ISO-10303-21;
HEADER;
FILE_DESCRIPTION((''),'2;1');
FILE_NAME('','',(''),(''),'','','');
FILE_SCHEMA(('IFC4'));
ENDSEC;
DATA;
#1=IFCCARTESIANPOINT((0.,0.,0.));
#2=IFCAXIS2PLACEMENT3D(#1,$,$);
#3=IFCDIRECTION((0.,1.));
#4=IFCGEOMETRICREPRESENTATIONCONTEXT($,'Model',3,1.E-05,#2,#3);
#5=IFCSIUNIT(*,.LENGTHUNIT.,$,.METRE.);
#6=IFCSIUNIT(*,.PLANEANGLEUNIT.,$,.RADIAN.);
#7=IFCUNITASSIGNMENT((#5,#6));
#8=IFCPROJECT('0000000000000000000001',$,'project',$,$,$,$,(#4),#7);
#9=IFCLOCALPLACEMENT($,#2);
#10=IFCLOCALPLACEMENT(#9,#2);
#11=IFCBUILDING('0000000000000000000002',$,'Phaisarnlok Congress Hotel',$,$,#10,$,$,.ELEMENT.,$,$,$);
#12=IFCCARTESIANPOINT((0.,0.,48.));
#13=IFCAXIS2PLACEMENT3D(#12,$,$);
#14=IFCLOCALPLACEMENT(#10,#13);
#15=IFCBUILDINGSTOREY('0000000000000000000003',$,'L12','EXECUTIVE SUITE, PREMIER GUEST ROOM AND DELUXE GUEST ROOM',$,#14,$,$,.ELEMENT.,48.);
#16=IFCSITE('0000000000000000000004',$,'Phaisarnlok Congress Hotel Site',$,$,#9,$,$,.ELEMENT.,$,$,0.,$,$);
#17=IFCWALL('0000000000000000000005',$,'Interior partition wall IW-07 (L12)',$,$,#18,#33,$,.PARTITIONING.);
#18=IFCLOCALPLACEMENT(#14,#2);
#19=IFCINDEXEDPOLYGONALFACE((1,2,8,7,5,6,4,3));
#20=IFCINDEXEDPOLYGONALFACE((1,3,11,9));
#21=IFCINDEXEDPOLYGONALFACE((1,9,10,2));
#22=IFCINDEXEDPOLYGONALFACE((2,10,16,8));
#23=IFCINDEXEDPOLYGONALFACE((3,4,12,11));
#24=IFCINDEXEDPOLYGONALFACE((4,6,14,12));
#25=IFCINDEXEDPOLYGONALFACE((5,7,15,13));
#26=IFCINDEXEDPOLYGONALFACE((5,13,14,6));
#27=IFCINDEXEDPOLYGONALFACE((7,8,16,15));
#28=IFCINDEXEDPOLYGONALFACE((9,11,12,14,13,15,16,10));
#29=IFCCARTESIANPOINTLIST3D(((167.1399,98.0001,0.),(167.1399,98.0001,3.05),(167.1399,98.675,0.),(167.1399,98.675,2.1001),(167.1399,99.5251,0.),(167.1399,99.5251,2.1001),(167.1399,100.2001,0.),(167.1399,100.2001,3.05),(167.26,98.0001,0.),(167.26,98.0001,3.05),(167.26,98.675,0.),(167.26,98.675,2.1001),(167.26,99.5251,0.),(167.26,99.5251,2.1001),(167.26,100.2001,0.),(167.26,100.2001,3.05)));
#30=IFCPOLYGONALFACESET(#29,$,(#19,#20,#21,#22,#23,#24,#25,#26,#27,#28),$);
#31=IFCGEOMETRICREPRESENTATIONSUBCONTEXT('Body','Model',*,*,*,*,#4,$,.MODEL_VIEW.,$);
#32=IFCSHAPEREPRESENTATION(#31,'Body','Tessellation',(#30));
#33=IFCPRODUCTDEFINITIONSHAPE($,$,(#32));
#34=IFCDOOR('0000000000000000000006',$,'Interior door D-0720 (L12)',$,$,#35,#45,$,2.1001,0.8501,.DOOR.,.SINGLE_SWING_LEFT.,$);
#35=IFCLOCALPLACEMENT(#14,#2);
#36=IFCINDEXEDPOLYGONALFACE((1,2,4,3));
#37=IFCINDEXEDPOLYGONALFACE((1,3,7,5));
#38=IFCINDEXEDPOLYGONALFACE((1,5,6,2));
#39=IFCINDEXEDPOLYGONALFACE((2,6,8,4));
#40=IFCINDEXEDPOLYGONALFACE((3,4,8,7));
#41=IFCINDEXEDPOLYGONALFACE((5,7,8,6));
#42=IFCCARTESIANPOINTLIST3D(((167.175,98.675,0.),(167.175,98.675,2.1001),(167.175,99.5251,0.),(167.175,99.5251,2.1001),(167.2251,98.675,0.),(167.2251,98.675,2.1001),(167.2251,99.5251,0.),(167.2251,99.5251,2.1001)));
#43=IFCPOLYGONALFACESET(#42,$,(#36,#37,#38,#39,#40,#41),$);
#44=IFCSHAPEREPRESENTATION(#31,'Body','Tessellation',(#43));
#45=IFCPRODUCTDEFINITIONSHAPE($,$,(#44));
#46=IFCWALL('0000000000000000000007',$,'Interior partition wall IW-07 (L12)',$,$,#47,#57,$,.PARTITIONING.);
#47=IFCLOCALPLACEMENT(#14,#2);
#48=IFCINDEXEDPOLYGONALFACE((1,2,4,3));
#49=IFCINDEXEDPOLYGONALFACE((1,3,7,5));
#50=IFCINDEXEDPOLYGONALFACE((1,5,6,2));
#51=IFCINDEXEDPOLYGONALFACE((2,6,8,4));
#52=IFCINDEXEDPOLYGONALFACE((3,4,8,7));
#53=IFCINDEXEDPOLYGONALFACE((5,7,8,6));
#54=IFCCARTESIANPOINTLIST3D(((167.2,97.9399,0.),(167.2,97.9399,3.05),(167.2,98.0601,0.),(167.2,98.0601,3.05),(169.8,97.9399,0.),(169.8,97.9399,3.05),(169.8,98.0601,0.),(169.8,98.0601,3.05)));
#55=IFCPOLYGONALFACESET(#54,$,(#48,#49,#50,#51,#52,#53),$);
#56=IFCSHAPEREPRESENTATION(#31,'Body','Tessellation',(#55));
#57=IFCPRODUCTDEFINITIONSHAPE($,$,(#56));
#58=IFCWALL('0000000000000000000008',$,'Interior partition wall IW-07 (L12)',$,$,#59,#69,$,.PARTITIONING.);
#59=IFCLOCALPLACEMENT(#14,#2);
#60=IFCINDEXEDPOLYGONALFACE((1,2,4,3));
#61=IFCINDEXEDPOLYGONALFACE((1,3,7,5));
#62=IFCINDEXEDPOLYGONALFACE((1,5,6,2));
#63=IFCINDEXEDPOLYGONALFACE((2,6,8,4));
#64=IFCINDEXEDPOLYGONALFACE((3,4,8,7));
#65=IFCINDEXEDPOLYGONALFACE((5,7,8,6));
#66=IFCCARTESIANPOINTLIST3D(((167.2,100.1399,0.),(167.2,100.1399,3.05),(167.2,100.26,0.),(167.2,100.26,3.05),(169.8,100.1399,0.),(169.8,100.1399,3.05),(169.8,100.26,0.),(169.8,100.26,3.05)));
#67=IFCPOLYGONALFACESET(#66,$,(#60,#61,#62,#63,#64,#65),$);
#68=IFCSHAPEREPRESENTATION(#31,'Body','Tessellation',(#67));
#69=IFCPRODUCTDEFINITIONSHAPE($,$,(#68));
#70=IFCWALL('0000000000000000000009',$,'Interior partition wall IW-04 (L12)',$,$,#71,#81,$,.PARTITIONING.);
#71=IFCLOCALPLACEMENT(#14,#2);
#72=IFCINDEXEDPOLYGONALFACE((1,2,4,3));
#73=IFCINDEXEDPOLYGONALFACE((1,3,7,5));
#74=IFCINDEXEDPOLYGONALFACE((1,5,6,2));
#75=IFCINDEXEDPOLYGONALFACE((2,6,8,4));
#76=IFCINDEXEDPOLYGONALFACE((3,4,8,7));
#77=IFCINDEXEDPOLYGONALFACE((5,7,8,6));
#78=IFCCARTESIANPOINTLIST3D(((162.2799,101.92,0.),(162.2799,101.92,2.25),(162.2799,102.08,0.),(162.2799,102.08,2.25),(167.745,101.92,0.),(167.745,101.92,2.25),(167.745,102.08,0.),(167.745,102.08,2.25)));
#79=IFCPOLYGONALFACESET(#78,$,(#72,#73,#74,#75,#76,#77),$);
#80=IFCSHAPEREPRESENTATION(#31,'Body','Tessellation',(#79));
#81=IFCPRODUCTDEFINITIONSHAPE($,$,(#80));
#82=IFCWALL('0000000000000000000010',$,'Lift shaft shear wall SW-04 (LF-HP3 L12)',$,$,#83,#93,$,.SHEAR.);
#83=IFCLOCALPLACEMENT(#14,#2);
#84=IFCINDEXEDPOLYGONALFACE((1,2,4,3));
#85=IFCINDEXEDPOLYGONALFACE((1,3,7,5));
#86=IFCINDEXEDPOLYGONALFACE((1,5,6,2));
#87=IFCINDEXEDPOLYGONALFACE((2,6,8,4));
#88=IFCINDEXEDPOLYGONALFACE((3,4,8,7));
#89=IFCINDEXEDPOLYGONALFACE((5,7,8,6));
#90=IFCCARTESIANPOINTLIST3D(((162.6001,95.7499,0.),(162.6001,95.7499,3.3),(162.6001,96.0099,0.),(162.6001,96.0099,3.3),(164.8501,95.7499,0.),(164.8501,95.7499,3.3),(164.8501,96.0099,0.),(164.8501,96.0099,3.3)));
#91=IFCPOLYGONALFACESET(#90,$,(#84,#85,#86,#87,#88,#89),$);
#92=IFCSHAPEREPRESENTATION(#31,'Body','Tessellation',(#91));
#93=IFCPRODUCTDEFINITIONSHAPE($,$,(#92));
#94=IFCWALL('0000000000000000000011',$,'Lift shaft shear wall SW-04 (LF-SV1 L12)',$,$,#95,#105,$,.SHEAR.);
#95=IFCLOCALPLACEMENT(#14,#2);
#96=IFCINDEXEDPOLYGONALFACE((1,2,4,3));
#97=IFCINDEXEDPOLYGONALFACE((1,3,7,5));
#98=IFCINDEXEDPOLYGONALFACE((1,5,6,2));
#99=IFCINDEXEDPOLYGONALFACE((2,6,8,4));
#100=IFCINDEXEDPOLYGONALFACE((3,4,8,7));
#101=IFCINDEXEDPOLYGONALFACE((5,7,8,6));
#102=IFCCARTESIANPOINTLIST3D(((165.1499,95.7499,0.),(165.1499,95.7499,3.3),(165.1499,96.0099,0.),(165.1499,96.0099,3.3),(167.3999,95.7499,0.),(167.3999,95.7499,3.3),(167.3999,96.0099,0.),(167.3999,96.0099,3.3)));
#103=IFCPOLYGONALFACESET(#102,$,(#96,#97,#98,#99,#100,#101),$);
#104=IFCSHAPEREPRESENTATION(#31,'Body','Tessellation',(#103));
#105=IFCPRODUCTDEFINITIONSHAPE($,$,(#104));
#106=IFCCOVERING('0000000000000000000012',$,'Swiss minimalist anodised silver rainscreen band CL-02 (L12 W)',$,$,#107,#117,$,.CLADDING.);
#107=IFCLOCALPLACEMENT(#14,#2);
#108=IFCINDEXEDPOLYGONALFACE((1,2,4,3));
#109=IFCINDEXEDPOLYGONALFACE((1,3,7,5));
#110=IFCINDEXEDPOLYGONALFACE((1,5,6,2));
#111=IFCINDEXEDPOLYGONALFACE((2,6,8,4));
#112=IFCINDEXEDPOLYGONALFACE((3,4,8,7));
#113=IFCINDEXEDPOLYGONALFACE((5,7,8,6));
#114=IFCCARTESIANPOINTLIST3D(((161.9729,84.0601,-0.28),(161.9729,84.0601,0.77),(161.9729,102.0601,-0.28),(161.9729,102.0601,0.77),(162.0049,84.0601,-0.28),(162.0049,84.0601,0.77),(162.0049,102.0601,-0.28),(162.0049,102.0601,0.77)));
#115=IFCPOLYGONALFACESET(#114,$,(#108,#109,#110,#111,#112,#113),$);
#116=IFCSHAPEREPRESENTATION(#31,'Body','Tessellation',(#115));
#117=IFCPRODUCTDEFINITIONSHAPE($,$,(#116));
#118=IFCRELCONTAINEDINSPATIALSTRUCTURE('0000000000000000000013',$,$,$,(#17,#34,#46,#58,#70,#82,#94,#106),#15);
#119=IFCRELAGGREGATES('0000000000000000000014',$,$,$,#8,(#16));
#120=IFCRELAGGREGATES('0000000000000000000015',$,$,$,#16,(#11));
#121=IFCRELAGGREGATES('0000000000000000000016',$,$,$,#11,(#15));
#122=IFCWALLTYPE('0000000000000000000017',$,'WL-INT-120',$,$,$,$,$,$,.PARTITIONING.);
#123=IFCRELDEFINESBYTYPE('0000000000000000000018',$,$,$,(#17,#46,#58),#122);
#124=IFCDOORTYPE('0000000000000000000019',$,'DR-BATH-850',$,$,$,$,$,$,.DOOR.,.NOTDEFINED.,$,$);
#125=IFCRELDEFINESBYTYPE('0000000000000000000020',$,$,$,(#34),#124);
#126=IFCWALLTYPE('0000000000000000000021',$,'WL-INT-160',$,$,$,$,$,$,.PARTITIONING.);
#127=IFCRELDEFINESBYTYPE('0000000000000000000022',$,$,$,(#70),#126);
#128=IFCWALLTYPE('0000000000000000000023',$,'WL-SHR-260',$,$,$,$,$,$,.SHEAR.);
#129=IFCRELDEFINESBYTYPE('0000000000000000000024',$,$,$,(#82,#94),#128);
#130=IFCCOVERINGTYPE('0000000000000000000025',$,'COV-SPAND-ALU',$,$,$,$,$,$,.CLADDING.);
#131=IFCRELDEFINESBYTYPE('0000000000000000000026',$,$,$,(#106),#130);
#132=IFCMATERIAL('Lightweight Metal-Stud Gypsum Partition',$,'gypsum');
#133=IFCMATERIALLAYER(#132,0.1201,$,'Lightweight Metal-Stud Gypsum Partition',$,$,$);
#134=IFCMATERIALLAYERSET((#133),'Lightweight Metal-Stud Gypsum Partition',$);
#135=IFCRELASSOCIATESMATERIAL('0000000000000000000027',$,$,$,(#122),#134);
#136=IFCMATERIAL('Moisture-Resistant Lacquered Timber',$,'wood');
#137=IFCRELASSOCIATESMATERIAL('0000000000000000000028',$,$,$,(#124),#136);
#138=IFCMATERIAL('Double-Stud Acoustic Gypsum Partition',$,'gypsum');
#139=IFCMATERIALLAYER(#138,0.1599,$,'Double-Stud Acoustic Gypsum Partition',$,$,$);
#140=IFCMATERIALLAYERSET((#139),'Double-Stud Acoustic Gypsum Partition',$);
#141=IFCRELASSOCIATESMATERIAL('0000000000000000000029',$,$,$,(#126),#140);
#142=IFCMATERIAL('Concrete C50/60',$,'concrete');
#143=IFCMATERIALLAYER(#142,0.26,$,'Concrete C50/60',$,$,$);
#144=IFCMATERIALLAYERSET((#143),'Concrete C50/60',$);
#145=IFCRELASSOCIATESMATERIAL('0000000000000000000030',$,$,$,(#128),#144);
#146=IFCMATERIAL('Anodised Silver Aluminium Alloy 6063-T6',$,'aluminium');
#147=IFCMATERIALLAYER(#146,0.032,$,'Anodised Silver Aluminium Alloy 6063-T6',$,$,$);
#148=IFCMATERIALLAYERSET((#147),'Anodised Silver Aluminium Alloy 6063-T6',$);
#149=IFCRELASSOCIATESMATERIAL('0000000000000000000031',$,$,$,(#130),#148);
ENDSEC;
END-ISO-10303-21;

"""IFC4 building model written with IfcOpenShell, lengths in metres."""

from ifc_helpers import new_model, si_unit, direction, frame, frame_2d, origin, place, context, subcontext, project, spatial, polyline, rectangle, outline, extrude, material, layer, layer_set, type_object, element, fill, save


model = new_model("IFC4")

# Units and contexts
model_context = context("Model", 3, precision=1e-05, world=origin(), true_north=direction((0.0, 1.0)))
body_context = subcontext(model_context, "Body", "Model", "MODEL_VIEW")
ifc_project = project(units=[si_unit("LENGTHUNIT", "METRE"), si_unit("PLANEANGLEUNIT", "RADIAN")], contexts=[model_context])

# Site, building, storey
site_placement = place(None, origin())
site = spatial("IfcSite", under=ifc_project, at=site_placement, Name="Phaisarnlok Congress Hotel Site", CompositionType="ELEMENT", RefElevation=0.0)
building_placement = place(site_placement, origin())
building = spatial("IfcBuilding", under=site, at=building_placement, Name="Phaisarnlok Congress Hotel", CompositionType="ELEMENT")
storey_placement = place(building_placement, frame((0.0, 0.0, 48.0)))
storey = spatial("IfcBuildingStorey", under=building, at=storey_placement, Name="L12", Description="EXECUTIVE SUITE, PREMIER GUEST ROOM AND DELUXE GUEST ROOM", CompositionType="ELEMENT", Elevation=48.0)

# Shared definitions
ifc_material_1 = material(Name="Concrete C50/60", Category="concrete")

# Wall, opening, door
ifc_material_2 = material(Name="Lightweight Metal-Stud Gypsum Partition", Category="gypsum")
ifc_layer_1 = layer(ifc_material_2, 0.1201, Name="Lightweight Metal-Stud Gypsum Partition")
ifc_layer_set_1 = layer_set([ifc_layer_1], Name="Lightweight Metal-Stud Gypsum Partition")
wall_type_1 = type_object("IfcWallType", Name="WL-INT-120", PredefinedType="PARTITIONING", material=ifc_layer_set_1)
wall_1_placement = place(storey_placement, frame((167.2, 98.0, 0.0), z_axis=(0.0, 0.0, 1.0), x_axis=(0.0, 1.0, 0.0)))
wall_1 = element("IfcWall", 1, at=wall_1_placement, inside=storey, type_object=wall_type_1, Name="Interior partition wall IW-07 (L12)", PredefinedType="PARTITIONING", context=body_context, shape_type="SweptSolid", body=[
    extrude(rectangle(XDim=2.2, YDim=0.1201, at=frame_2d((1.1001, 0.0))), origin(), (0.0, 0.0, 1.0), 3.05),
])
opening_1_placement = place(wall_1_placement, frame((0.675, 0.0, 0.0)))
opening_1 = element("IfcOpeningElement", 2, at=opening_1_placement, cuts=wall_1, PredefinedType="OPENING", context=body_context, shape_type="SweptSolid", body=[
    extrude(rectangle(XDim=0.8501, YDim=2.1001, at=frame_2d((0.425, 1.05))), frame((0.0, 0.0701, 0.0), z_axis=(0.0, -1.0, 0.0), x_axis=(1.0, 0.0, 0.0)), (0.0, 0.0, 1.0), 0.1401),
])
ifc_material_3 = material(Name="Moisture-Resistant Lacquered Timber", Category="wood")
door_type = type_object("IfcDoorType", Name="DR-BATH-850", OperationType="NOTDEFINED", PredefinedType="DOOR", material=ifc_material_3)
door_placement = place(opening_1_placement, origin())
door = element("IfcDoor", 3, at=door_placement, inside=storey, type_object=door_type, Name="Interior door D-0720 (L12)", OperationType="SINGLE_SWING_LEFT", OverallHeight=2.1001, OverallWidth=0.8501, PredefinedType="DOOR", context=body_context, shape_type="SweptSolid", body=[
    extrude(rectangle(XDim=0.8501, YDim=2.1001, at=frame_2d((0.425, 1.05))), frame((0.0, 0.0249, 0.0), z_axis=(0.0, -1.0, 0.0), x_axis=(1.0, 0.0, 0.0)), (0.0, 0.0, 1.0), 0.05),
])
fill(opening_1, door)

# Walls
for number, where, z_axis, x_axis, name in (
    (4, (167.2, 98.0, 0.0), (0.0, 0.0, 1.0), (1.0, 0.0, 0.0), "Interior partition wall IW-07 (L12)"),
    (5, (167.2, 100.2, 0.0), (0.0, 0.0, 1.0), (1.0, 0.0, 0.0), "Interior partition wall IW-07 (L12)"),
):
    element("IfcWall", number, at=place(storey_placement, frame(where, z_axis=z_axis, x_axis=x_axis)), inside=storey, type_object=wall_type_1, Name=name, PredefinedType="PARTITIONING", context=body_context, shape_type="SweptSolid", body=[
        extrude(rectangle(XDim=2.6001, YDim=0.1201, at=frame_2d((1.3, 0.0))), origin(), (0.0, 0.0, 1.0), 3.05),
    ])
ifc_material_4 = material(Name="Double-Stud Acoustic Gypsum Partition", Category="gypsum")
ifc_layer_2 = layer(ifc_material_4, 0.1599, Name="Double-Stud Acoustic Gypsum Partition")
ifc_layer_set_2 = layer_set([ifc_layer_2], Name="Double-Stud Acoustic Gypsum Partition")
wall_type_2 = type_object("IfcWallType", Name="WL-INT-160", PredefinedType="PARTITIONING", material=ifc_layer_set_2)
wall_2_placement = place(storey_placement, frame((162.28, 102.0, 0.0), z_axis=(0.0, 0.0, 1.0), x_axis=(1.0, 0.0, 0.0)))
element("IfcWall", 6, at=wall_2_placement, inside=storey, type_object=wall_type_2, Name="Interior partition wall IW-04 (L12)", PredefinedType="PARTITIONING", context=body_context, shape_type="SweptSolid", body=[
    extrude(rectangle(XDim=5.4651, YDim=0.1599, at=frame_2d((2.7324, 0.0))), origin(), (0.0, 0.0, 1.0), 2.25),
])
ifc_layer_3 = layer(ifc_material_1, 0.26, Name="Concrete C50/60")
ifc_layer_set_3 = layer_set([ifc_layer_3], Name="Concrete C50/60")
wall_type_3 = type_object("IfcWallType", Name="WL-SHR-260", PredefinedType="SHEAR", material=ifc_layer_set_3)
for number, where, z_axis, x_axis, name in (
    (7, (162.6001, 95.8799, 0.0), (0.0, 0.0, 1.0), (1.0, 0.0, 0.0), "Lift shaft shear wall SW-04 (LF-HP3 L12)"),
    (8, (165.1499, 95.8799, 0.0), (0.0, 0.0, 1.0), (1.0, 0.0, 0.0), "Lift shaft shear wall SW-04 (LF-SV1 L12)"),
):
    element("IfcWall", number, at=place(storey_placement, frame(where, z_axis=z_axis, x_axis=x_axis)), inside=storey, type_object=wall_type_3, Name=name, PredefinedType="SHEAR", context=body_context, shape_type="SweptSolid", body=[
        extrude(rectangle(XDim=2.25, YDim=0.26, at=frame_2d((1.125, 0.0))), origin(), (0.0, 0.0, 1.0), 3.3),
    ])

# Covering
ifc_material_5 = material(Name="Anodised Silver Aluminium Alloy 6063-T6", Category="aluminium")
ifc_layer_4 = layer(ifc_material_5, 0.032, Name="Anodised Silver Aluminium Alloy 6063-T6")
ifc_layer_set_4 = layer_set([ifc_layer_4], Name="Anodised Silver Aluminium Alloy 6063-T6")
covering_type = type_object("IfcCoveringType", Name="COV-SPAND-ALU", PredefinedType="CLADDING", material=ifc_layer_set_4)
covering_placement = place(storey_placement, frame((162.0049, 102.0601, -0.28), z_axis=(-1.0, 0.0, 0.0), x_axis=(0.0, -1.0, 0.0)))
element("IfcCovering", 9, at=covering_placement, inside=storey, type_object=covering_type, Name="Swiss minimalist anodised silver rainscreen band CL-02 (L12 W)", PredefinedType="CLADDING", context=body_context, shape_type="SweptSolid", body=[
    extrude(outline(polyline([(0.0, 0.0), (18.0, 0.0), (18.0, 1.05), (0.0, 1.05), (0.0, 0.0)])), origin(), (0.0, 0.0, 1.0), 0.032),
])

save(model, "model.ifc")
